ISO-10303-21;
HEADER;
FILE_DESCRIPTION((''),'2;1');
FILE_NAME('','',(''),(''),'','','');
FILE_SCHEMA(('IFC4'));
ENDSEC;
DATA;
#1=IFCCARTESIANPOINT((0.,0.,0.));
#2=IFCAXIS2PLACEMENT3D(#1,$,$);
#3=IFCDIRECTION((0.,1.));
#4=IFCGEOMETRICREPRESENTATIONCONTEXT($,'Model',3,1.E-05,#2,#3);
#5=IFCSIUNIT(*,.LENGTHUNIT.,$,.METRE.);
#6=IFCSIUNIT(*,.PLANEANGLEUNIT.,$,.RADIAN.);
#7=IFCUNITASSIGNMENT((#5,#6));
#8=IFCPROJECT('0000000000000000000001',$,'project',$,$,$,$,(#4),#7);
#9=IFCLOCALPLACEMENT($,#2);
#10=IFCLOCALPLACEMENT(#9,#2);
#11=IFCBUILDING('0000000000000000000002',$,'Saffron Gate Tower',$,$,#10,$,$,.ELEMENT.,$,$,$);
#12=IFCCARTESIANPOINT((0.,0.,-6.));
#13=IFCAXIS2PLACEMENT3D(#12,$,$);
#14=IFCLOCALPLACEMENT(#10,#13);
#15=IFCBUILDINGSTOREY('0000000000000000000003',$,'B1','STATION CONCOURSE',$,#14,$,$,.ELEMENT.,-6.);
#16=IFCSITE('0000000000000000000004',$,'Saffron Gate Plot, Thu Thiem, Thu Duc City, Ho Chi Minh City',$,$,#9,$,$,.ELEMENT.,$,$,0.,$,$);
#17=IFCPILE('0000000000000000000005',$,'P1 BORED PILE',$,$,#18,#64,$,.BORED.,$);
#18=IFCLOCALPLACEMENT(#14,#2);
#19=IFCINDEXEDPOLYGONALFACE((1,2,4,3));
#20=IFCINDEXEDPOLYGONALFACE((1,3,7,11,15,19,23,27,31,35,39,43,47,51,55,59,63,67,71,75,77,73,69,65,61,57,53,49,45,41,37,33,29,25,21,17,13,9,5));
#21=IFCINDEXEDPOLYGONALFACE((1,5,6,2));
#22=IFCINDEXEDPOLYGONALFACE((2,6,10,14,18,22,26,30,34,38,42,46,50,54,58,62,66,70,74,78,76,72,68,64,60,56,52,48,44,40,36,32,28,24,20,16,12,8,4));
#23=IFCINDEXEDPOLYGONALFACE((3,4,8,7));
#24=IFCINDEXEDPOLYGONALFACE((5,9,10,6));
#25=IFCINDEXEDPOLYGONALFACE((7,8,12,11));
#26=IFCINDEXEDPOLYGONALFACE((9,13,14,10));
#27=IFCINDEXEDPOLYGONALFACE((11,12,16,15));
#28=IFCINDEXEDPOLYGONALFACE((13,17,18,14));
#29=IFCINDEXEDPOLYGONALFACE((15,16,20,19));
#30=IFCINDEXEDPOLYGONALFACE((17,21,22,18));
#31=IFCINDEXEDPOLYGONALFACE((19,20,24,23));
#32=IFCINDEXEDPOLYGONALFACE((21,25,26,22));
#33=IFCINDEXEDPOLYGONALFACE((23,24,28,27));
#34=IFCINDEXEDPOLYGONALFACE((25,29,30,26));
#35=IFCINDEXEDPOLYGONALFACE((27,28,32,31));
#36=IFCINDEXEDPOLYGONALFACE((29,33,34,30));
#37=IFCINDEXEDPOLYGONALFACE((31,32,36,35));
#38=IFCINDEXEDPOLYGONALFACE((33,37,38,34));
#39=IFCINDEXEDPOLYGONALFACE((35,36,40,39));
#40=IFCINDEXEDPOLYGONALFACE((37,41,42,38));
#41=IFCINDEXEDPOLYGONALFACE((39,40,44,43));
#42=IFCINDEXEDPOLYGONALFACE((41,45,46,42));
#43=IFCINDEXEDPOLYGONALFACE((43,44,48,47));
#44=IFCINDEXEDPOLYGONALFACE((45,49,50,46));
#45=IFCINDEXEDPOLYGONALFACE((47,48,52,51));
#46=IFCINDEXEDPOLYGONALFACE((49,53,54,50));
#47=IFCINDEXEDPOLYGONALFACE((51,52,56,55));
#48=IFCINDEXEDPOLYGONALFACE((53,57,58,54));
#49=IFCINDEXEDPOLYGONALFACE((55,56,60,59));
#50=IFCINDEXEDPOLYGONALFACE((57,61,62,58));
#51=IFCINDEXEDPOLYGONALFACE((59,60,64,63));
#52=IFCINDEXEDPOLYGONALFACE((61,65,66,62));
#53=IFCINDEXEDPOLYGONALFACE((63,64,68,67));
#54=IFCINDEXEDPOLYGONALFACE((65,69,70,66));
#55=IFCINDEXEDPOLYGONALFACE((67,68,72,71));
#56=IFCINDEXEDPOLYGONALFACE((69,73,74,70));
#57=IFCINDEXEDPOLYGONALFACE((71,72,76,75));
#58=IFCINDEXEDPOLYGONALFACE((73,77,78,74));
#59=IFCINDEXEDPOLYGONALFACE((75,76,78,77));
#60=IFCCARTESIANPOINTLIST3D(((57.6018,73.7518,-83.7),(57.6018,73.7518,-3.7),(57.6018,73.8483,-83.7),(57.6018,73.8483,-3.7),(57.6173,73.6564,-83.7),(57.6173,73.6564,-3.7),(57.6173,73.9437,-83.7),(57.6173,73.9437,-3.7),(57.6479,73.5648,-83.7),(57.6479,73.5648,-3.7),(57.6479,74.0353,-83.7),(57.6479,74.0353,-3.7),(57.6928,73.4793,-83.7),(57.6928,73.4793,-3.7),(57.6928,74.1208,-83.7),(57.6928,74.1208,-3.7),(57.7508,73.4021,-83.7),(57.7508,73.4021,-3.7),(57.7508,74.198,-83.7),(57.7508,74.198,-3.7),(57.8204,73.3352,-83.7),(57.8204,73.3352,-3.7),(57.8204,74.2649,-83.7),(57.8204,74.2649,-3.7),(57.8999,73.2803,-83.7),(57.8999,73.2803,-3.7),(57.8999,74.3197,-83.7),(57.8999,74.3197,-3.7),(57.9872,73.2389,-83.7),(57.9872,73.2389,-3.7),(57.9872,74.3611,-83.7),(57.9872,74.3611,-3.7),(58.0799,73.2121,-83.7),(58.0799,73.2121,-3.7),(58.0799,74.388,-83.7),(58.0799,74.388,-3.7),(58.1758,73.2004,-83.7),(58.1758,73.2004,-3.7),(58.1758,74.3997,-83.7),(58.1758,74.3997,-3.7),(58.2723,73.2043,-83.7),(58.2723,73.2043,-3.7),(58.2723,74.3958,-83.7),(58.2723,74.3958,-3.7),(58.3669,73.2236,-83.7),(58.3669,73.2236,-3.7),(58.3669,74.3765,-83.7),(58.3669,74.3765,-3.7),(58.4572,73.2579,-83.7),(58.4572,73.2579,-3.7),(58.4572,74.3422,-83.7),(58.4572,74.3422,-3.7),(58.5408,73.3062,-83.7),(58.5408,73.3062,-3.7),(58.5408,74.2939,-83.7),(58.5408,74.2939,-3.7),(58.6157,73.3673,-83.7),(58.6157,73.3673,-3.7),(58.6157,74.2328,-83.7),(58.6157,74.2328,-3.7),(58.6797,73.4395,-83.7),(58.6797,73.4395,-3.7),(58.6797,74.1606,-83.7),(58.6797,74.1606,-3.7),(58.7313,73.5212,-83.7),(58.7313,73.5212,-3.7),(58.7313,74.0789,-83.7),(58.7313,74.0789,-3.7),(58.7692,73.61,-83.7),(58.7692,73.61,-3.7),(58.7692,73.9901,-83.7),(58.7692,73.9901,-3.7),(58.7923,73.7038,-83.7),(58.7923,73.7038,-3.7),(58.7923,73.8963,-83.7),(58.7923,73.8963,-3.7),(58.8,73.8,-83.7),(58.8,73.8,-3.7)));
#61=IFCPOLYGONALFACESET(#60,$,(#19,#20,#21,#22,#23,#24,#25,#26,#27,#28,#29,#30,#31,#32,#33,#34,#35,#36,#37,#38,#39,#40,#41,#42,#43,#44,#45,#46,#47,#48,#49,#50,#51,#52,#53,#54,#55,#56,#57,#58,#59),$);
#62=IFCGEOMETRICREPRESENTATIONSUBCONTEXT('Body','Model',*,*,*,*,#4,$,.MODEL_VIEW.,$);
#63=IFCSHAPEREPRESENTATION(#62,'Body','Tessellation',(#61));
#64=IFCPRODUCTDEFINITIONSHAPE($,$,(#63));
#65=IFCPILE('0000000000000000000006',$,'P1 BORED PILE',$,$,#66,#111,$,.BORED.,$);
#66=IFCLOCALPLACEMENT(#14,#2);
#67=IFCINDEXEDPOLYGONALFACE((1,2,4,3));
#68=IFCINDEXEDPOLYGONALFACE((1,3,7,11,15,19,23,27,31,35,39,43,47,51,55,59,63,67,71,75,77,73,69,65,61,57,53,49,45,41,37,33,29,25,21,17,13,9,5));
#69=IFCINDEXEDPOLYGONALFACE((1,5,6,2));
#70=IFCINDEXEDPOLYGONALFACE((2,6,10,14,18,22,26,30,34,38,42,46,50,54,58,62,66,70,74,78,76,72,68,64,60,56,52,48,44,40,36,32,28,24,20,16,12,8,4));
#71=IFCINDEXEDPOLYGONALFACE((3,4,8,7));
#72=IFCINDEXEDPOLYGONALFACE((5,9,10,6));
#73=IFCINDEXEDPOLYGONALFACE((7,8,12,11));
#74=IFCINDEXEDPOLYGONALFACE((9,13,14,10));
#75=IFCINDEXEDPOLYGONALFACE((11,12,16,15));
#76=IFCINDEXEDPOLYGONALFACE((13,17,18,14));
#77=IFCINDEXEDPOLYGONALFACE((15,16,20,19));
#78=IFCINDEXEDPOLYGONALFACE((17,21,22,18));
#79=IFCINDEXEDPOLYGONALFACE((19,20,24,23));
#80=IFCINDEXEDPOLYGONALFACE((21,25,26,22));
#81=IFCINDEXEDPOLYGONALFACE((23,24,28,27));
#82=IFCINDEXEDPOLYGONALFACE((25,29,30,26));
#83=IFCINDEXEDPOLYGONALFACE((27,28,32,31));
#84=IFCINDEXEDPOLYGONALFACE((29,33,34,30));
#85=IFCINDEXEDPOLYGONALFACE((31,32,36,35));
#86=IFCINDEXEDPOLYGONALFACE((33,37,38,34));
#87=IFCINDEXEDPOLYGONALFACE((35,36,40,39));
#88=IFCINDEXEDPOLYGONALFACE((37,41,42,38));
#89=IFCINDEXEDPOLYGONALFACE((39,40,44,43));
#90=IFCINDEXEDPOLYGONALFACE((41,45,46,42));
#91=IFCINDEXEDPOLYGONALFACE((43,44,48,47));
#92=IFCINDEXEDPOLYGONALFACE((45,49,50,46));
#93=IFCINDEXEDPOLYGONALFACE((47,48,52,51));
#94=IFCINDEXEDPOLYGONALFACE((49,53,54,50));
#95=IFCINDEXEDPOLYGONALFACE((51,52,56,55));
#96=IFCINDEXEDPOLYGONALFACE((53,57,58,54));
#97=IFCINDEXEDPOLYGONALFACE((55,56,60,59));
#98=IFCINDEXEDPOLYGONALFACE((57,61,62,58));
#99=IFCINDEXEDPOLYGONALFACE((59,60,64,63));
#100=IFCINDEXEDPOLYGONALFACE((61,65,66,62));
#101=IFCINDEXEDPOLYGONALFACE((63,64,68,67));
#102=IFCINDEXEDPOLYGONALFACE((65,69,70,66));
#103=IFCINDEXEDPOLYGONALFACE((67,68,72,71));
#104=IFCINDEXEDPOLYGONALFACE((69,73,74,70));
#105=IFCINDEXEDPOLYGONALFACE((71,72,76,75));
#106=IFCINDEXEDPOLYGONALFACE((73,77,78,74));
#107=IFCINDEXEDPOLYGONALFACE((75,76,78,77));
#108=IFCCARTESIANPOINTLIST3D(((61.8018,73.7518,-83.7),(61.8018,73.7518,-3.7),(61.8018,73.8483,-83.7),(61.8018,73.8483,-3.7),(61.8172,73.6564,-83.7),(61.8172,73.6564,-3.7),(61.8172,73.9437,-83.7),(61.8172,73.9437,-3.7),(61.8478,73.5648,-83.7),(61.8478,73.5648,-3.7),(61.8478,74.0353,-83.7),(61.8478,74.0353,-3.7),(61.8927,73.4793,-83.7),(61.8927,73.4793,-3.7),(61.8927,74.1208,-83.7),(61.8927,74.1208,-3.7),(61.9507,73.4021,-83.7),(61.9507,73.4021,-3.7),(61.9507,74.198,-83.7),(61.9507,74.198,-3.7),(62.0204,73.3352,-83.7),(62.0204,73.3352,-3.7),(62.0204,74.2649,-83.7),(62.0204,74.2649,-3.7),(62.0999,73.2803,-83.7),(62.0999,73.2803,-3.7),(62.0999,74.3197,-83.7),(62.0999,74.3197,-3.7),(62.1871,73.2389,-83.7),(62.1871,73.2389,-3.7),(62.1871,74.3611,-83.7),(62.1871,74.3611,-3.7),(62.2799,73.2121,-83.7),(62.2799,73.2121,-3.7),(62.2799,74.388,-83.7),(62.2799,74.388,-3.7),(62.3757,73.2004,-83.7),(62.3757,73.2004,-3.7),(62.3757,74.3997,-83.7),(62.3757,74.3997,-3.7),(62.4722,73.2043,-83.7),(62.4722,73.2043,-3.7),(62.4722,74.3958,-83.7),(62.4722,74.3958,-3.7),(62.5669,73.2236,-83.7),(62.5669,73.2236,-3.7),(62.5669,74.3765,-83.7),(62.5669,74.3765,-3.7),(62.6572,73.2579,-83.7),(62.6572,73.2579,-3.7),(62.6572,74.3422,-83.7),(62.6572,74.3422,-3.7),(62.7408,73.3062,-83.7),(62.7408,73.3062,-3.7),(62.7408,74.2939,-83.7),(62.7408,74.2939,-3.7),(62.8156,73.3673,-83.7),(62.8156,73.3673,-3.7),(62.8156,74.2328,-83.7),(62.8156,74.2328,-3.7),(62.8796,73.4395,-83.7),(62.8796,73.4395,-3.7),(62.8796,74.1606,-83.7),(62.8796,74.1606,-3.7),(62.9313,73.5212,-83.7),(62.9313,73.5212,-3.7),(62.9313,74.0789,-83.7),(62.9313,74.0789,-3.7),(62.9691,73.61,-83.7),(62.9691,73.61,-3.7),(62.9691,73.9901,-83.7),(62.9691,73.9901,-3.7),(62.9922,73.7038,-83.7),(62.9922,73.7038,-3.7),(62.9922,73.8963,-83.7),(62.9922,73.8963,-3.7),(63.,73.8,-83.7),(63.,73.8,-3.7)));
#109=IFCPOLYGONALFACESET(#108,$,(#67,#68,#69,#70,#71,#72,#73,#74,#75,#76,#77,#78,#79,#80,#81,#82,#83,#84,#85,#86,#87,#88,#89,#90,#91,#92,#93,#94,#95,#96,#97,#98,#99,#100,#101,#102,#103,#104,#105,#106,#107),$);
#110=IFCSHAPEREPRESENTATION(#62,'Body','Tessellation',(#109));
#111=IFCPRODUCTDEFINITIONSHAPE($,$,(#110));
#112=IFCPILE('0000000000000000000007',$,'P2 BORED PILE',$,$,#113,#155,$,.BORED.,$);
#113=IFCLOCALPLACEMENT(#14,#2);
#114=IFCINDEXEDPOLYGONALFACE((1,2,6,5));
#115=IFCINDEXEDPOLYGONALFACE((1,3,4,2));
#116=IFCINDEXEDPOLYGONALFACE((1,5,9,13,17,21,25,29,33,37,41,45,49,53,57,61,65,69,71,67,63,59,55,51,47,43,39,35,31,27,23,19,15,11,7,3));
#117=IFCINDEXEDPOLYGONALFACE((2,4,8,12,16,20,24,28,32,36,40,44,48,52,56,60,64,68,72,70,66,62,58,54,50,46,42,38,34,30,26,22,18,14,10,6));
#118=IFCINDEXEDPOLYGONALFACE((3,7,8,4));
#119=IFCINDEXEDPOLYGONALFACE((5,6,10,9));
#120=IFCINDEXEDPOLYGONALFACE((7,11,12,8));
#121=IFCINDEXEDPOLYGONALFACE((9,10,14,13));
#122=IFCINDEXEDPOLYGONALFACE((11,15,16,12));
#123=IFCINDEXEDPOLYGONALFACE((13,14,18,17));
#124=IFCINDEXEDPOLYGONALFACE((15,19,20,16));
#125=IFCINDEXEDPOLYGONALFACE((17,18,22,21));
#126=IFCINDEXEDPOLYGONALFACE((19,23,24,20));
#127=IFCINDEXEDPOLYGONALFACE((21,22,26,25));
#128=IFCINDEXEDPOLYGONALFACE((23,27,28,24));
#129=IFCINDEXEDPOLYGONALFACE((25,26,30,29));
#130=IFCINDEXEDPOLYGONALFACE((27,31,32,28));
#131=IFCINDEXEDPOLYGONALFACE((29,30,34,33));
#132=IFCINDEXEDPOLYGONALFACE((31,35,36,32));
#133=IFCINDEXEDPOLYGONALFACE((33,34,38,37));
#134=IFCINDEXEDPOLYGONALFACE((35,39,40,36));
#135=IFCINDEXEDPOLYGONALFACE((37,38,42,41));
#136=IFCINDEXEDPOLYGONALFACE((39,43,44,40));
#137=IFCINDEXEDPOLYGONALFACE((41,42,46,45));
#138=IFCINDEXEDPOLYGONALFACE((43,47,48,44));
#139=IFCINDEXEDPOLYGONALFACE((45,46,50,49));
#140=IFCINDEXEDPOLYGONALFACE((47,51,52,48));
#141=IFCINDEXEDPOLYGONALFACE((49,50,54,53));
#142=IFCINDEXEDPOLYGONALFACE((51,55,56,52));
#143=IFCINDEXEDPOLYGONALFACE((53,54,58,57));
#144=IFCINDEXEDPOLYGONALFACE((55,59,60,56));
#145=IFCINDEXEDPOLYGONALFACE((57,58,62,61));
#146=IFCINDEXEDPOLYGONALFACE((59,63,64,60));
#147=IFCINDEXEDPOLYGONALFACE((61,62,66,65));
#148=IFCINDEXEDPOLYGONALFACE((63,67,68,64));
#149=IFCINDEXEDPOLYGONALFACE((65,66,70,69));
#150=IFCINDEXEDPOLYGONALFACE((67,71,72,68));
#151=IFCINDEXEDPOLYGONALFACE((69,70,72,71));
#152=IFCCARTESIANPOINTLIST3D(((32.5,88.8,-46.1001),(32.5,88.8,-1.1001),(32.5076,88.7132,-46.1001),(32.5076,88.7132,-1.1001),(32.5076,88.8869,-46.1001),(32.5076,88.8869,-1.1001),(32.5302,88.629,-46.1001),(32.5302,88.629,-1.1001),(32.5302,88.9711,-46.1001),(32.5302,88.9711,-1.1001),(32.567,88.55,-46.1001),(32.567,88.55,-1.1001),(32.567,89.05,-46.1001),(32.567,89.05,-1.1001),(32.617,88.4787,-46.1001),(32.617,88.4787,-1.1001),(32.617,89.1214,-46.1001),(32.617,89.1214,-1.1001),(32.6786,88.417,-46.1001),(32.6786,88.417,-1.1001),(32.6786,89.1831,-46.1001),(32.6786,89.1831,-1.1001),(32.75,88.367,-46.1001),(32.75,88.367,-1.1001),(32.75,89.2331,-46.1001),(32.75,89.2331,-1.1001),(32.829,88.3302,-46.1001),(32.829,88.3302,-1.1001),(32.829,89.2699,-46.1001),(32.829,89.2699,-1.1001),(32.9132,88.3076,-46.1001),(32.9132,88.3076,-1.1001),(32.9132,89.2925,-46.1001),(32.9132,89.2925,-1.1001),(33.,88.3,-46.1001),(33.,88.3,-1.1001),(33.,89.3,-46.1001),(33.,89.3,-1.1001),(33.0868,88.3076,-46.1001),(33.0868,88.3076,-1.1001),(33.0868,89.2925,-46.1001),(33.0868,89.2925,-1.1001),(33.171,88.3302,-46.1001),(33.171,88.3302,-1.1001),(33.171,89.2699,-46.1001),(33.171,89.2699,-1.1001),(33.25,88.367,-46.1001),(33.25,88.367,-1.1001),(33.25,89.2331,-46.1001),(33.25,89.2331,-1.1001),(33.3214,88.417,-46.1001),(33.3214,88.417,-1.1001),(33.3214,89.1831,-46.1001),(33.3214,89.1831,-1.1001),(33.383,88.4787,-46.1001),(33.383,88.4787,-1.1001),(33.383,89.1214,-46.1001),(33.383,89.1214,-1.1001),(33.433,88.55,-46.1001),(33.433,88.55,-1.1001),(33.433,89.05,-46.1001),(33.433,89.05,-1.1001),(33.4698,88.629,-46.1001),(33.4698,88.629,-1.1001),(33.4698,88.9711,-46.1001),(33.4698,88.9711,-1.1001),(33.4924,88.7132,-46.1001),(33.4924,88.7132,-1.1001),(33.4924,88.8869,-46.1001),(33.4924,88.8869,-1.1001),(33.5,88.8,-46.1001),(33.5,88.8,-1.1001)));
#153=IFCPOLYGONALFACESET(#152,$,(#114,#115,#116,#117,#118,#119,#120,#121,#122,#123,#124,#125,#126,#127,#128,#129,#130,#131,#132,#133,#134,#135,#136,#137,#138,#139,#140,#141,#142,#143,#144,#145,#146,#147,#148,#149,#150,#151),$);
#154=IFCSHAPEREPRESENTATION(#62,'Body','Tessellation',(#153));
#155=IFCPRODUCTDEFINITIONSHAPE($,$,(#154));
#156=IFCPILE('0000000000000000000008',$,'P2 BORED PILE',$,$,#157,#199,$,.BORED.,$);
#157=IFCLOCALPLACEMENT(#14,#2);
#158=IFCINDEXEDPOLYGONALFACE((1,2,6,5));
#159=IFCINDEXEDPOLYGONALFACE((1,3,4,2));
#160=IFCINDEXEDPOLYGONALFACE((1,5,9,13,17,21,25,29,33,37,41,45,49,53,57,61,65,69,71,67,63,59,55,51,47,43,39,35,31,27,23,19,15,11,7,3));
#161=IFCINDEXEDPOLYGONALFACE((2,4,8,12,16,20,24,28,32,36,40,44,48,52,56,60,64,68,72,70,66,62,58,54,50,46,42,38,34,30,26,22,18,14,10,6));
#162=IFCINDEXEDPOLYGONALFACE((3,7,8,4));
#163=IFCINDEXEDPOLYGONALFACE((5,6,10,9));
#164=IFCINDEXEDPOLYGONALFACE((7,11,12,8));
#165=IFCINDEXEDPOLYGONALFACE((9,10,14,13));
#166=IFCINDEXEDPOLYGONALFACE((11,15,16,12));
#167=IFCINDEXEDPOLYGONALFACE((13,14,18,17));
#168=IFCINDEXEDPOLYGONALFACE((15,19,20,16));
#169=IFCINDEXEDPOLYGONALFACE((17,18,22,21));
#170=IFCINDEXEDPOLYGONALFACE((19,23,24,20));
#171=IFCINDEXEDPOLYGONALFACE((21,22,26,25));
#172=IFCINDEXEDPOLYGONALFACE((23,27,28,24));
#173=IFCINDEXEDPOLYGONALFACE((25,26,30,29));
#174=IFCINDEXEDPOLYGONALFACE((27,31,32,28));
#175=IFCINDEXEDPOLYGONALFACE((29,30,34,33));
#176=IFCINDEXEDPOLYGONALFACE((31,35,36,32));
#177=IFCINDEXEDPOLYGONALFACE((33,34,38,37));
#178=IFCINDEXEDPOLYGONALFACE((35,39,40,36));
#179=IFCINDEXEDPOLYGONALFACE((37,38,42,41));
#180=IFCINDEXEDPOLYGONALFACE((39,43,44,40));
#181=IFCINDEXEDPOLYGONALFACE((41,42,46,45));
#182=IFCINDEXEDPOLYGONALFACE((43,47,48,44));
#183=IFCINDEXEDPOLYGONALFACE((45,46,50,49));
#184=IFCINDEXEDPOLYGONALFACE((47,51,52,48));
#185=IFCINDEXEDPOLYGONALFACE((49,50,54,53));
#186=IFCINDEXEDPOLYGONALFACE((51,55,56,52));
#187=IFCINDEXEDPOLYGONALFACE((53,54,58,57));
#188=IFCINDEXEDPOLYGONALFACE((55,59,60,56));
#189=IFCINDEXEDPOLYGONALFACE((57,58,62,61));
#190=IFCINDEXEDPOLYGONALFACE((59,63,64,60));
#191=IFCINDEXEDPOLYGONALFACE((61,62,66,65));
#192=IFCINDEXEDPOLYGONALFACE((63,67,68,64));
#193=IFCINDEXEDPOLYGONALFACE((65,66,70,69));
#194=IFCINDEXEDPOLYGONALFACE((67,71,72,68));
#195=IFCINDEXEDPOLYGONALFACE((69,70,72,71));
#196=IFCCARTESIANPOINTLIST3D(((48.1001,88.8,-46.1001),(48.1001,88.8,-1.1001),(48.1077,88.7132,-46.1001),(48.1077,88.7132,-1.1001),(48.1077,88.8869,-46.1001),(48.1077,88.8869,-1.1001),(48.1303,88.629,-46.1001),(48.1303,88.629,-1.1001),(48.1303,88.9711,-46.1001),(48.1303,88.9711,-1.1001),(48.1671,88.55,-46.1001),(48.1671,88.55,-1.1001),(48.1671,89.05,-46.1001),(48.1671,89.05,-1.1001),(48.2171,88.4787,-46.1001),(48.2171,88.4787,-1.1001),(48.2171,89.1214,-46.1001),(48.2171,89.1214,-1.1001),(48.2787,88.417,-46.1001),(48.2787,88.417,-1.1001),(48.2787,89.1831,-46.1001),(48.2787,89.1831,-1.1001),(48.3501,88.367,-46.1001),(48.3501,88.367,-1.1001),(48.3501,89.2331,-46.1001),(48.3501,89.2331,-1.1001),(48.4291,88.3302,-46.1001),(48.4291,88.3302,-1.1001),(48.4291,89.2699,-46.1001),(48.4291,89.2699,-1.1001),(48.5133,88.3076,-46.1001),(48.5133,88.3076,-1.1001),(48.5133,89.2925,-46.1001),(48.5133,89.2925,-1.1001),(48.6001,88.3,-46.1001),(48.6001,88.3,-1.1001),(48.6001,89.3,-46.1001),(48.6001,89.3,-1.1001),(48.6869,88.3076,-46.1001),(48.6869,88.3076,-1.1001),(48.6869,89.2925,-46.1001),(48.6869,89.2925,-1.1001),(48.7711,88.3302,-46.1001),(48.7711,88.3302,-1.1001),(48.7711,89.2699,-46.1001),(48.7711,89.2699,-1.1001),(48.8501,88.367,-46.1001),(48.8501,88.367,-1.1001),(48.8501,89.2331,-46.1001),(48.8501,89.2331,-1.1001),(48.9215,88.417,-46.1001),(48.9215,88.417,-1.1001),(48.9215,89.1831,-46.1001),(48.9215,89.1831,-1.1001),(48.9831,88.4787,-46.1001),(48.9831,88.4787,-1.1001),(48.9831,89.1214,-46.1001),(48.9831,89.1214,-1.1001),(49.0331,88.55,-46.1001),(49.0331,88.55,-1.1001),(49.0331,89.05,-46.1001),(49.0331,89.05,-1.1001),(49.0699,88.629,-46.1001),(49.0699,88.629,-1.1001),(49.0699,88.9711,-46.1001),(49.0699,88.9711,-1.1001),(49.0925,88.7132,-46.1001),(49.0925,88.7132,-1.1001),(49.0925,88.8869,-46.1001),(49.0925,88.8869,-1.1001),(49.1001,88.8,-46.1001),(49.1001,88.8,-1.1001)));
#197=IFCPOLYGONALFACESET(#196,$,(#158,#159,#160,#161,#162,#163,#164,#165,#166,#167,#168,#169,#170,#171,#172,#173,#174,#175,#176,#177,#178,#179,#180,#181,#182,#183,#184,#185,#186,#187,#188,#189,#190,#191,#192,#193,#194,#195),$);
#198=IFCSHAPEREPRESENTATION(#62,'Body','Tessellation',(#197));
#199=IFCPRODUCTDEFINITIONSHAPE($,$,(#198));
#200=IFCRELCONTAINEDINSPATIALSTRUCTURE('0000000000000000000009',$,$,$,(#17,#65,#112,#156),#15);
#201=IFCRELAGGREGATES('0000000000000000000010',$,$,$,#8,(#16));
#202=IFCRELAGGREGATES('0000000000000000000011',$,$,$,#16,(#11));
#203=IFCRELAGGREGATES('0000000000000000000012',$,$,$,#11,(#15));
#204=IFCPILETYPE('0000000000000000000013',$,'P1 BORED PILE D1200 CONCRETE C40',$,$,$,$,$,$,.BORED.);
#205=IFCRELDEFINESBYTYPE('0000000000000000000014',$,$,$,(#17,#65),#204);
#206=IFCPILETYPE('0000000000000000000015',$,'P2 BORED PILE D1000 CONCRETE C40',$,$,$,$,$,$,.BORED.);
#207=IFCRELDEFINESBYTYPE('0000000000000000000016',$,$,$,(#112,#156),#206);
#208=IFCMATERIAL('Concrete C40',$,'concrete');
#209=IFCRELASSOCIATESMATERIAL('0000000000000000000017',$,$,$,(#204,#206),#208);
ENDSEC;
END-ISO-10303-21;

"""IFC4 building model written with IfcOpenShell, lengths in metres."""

from ifc_helpers import new_model, si_unit, direction, frame, origin, origin_2d, place, context, subcontext, project, spatial, circle, extrude, material, material_profile, profile_set, type_object, element, save


model = new_model("IFC4")

# Units and contexts
model_context = context("Model", 3, precision=1e-05, world=origin(), true_north=direction((0.0, 1.0)))
body_context = subcontext(model_context, "Body", "Model", "MODEL_VIEW")
ifc_project = project(units=[si_unit("LENGTHUNIT", "METRE"), si_unit("PLANEANGLEUNIT", "RADIAN")], contexts=[model_context])

# Site, building, storey
site_placement = place(None, origin())
site = spatial("IfcSite", under=ifc_project, at=site_placement, Name="Saffron Gate Plot, Thu Thiem, Thu Duc City, Ho Chi Minh City", CompositionType="ELEMENT", RefElevation=0.0)
building_placement = place(site_placement, origin())
building = spatial("IfcBuilding", under=site, at=building_placement, Name="Saffron Gate Tower", CompositionType="ELEMENT")
storey_placement = place(building_placement, frame((0.0, 0.0, -6.0)))
storey = spatial("IfcBuildingStorey", under=building, at=storey_placement, Name="B1", Description="STATION CONCOURSE", CompositionType="ELEMENT", Elevation=-6.0)

# Piles
ifc_material_1 = material(Name="Concrete C40", Category="concrete")
ifc_material_profile_1 = material_profile(ifc_material_1, circle(Radius=0.6001, at=origin_2d()))
ifc_profile_set_1 = profile_set([ifc_material_profile_1], Name="Concrete C40")
pile_type_1 = type_object("IfcPileType", Name="P1 BORED PILE D1200 CONCRETE C40", PredefinedType="BORED", material=ifc_profile_set_1)
for number, where, z_axis, x_axis, name in (
    (1, (58.2, 73.8, -3.7), (0.0, 0.0, -1.0), (1.0, 0.0, 0.0), "P1 BORED PILE"),
    (2, (62.3999, 73.8, -3.7), (0.0, 0.0, -1.0), (1.0, 0.0, 0.0), "P1 BORED PILE"),
):
    element("IfcPile", number, at=place(storey_placement, frame(where, z_axis=z_axis, x_axis=x_axis)), inside=storey, type_object=pile_type_1, Name=name, PredefinedType="BORED", context=body_context, shape_type="SweptSolid", body=[
        extrude(circle(Radius=0.6001, at=origin_2d()), origin(), (0.0, 0.0, 1.0), 80.0),
    ])
ifc_material_profile_2 = material_profile(ifc_material_1, circle(Radius=0.5, at=origin_2d()))
ifc_profile_set_2 = profile_set([ifc_material_profile_2], Name="Concrete C40")
pile_type_2 = type_object("IfcPileType", Name="P2 BORED PILE D1000 CONCRETE C40", PredefinedType="BORED", material=ifc_profile_set_2)
for number, where, z_axis, x_axis, name in (
    (3, (33.0, 88.8, -1.1001), (0.0, 0.0, -1.0), (1.0, 0.0, 0.0), "P2 BORED PILE"),
    (4, (48.6001, 88.8, -1.1001), (0.0, 0.0, -1.0), (1.0, 0.0, 0.0), "P2 BORED PILE"),
):
    element("IfcPile", number, at=place(storey_placement, frame(where, z_axis=z_axis, x_axis=x_axis)), inside=storey, type_object=pile_type_2, Name=name, PredefinedType="BORED", context=body_context, shape_type="SweptSolid", body=[
        extrude(circle(Radius=0.5, at=origin_2d()), origin(), (0.0, 0.0, 1.0), 45.0),
    ])

save(model, "model.ifc")
